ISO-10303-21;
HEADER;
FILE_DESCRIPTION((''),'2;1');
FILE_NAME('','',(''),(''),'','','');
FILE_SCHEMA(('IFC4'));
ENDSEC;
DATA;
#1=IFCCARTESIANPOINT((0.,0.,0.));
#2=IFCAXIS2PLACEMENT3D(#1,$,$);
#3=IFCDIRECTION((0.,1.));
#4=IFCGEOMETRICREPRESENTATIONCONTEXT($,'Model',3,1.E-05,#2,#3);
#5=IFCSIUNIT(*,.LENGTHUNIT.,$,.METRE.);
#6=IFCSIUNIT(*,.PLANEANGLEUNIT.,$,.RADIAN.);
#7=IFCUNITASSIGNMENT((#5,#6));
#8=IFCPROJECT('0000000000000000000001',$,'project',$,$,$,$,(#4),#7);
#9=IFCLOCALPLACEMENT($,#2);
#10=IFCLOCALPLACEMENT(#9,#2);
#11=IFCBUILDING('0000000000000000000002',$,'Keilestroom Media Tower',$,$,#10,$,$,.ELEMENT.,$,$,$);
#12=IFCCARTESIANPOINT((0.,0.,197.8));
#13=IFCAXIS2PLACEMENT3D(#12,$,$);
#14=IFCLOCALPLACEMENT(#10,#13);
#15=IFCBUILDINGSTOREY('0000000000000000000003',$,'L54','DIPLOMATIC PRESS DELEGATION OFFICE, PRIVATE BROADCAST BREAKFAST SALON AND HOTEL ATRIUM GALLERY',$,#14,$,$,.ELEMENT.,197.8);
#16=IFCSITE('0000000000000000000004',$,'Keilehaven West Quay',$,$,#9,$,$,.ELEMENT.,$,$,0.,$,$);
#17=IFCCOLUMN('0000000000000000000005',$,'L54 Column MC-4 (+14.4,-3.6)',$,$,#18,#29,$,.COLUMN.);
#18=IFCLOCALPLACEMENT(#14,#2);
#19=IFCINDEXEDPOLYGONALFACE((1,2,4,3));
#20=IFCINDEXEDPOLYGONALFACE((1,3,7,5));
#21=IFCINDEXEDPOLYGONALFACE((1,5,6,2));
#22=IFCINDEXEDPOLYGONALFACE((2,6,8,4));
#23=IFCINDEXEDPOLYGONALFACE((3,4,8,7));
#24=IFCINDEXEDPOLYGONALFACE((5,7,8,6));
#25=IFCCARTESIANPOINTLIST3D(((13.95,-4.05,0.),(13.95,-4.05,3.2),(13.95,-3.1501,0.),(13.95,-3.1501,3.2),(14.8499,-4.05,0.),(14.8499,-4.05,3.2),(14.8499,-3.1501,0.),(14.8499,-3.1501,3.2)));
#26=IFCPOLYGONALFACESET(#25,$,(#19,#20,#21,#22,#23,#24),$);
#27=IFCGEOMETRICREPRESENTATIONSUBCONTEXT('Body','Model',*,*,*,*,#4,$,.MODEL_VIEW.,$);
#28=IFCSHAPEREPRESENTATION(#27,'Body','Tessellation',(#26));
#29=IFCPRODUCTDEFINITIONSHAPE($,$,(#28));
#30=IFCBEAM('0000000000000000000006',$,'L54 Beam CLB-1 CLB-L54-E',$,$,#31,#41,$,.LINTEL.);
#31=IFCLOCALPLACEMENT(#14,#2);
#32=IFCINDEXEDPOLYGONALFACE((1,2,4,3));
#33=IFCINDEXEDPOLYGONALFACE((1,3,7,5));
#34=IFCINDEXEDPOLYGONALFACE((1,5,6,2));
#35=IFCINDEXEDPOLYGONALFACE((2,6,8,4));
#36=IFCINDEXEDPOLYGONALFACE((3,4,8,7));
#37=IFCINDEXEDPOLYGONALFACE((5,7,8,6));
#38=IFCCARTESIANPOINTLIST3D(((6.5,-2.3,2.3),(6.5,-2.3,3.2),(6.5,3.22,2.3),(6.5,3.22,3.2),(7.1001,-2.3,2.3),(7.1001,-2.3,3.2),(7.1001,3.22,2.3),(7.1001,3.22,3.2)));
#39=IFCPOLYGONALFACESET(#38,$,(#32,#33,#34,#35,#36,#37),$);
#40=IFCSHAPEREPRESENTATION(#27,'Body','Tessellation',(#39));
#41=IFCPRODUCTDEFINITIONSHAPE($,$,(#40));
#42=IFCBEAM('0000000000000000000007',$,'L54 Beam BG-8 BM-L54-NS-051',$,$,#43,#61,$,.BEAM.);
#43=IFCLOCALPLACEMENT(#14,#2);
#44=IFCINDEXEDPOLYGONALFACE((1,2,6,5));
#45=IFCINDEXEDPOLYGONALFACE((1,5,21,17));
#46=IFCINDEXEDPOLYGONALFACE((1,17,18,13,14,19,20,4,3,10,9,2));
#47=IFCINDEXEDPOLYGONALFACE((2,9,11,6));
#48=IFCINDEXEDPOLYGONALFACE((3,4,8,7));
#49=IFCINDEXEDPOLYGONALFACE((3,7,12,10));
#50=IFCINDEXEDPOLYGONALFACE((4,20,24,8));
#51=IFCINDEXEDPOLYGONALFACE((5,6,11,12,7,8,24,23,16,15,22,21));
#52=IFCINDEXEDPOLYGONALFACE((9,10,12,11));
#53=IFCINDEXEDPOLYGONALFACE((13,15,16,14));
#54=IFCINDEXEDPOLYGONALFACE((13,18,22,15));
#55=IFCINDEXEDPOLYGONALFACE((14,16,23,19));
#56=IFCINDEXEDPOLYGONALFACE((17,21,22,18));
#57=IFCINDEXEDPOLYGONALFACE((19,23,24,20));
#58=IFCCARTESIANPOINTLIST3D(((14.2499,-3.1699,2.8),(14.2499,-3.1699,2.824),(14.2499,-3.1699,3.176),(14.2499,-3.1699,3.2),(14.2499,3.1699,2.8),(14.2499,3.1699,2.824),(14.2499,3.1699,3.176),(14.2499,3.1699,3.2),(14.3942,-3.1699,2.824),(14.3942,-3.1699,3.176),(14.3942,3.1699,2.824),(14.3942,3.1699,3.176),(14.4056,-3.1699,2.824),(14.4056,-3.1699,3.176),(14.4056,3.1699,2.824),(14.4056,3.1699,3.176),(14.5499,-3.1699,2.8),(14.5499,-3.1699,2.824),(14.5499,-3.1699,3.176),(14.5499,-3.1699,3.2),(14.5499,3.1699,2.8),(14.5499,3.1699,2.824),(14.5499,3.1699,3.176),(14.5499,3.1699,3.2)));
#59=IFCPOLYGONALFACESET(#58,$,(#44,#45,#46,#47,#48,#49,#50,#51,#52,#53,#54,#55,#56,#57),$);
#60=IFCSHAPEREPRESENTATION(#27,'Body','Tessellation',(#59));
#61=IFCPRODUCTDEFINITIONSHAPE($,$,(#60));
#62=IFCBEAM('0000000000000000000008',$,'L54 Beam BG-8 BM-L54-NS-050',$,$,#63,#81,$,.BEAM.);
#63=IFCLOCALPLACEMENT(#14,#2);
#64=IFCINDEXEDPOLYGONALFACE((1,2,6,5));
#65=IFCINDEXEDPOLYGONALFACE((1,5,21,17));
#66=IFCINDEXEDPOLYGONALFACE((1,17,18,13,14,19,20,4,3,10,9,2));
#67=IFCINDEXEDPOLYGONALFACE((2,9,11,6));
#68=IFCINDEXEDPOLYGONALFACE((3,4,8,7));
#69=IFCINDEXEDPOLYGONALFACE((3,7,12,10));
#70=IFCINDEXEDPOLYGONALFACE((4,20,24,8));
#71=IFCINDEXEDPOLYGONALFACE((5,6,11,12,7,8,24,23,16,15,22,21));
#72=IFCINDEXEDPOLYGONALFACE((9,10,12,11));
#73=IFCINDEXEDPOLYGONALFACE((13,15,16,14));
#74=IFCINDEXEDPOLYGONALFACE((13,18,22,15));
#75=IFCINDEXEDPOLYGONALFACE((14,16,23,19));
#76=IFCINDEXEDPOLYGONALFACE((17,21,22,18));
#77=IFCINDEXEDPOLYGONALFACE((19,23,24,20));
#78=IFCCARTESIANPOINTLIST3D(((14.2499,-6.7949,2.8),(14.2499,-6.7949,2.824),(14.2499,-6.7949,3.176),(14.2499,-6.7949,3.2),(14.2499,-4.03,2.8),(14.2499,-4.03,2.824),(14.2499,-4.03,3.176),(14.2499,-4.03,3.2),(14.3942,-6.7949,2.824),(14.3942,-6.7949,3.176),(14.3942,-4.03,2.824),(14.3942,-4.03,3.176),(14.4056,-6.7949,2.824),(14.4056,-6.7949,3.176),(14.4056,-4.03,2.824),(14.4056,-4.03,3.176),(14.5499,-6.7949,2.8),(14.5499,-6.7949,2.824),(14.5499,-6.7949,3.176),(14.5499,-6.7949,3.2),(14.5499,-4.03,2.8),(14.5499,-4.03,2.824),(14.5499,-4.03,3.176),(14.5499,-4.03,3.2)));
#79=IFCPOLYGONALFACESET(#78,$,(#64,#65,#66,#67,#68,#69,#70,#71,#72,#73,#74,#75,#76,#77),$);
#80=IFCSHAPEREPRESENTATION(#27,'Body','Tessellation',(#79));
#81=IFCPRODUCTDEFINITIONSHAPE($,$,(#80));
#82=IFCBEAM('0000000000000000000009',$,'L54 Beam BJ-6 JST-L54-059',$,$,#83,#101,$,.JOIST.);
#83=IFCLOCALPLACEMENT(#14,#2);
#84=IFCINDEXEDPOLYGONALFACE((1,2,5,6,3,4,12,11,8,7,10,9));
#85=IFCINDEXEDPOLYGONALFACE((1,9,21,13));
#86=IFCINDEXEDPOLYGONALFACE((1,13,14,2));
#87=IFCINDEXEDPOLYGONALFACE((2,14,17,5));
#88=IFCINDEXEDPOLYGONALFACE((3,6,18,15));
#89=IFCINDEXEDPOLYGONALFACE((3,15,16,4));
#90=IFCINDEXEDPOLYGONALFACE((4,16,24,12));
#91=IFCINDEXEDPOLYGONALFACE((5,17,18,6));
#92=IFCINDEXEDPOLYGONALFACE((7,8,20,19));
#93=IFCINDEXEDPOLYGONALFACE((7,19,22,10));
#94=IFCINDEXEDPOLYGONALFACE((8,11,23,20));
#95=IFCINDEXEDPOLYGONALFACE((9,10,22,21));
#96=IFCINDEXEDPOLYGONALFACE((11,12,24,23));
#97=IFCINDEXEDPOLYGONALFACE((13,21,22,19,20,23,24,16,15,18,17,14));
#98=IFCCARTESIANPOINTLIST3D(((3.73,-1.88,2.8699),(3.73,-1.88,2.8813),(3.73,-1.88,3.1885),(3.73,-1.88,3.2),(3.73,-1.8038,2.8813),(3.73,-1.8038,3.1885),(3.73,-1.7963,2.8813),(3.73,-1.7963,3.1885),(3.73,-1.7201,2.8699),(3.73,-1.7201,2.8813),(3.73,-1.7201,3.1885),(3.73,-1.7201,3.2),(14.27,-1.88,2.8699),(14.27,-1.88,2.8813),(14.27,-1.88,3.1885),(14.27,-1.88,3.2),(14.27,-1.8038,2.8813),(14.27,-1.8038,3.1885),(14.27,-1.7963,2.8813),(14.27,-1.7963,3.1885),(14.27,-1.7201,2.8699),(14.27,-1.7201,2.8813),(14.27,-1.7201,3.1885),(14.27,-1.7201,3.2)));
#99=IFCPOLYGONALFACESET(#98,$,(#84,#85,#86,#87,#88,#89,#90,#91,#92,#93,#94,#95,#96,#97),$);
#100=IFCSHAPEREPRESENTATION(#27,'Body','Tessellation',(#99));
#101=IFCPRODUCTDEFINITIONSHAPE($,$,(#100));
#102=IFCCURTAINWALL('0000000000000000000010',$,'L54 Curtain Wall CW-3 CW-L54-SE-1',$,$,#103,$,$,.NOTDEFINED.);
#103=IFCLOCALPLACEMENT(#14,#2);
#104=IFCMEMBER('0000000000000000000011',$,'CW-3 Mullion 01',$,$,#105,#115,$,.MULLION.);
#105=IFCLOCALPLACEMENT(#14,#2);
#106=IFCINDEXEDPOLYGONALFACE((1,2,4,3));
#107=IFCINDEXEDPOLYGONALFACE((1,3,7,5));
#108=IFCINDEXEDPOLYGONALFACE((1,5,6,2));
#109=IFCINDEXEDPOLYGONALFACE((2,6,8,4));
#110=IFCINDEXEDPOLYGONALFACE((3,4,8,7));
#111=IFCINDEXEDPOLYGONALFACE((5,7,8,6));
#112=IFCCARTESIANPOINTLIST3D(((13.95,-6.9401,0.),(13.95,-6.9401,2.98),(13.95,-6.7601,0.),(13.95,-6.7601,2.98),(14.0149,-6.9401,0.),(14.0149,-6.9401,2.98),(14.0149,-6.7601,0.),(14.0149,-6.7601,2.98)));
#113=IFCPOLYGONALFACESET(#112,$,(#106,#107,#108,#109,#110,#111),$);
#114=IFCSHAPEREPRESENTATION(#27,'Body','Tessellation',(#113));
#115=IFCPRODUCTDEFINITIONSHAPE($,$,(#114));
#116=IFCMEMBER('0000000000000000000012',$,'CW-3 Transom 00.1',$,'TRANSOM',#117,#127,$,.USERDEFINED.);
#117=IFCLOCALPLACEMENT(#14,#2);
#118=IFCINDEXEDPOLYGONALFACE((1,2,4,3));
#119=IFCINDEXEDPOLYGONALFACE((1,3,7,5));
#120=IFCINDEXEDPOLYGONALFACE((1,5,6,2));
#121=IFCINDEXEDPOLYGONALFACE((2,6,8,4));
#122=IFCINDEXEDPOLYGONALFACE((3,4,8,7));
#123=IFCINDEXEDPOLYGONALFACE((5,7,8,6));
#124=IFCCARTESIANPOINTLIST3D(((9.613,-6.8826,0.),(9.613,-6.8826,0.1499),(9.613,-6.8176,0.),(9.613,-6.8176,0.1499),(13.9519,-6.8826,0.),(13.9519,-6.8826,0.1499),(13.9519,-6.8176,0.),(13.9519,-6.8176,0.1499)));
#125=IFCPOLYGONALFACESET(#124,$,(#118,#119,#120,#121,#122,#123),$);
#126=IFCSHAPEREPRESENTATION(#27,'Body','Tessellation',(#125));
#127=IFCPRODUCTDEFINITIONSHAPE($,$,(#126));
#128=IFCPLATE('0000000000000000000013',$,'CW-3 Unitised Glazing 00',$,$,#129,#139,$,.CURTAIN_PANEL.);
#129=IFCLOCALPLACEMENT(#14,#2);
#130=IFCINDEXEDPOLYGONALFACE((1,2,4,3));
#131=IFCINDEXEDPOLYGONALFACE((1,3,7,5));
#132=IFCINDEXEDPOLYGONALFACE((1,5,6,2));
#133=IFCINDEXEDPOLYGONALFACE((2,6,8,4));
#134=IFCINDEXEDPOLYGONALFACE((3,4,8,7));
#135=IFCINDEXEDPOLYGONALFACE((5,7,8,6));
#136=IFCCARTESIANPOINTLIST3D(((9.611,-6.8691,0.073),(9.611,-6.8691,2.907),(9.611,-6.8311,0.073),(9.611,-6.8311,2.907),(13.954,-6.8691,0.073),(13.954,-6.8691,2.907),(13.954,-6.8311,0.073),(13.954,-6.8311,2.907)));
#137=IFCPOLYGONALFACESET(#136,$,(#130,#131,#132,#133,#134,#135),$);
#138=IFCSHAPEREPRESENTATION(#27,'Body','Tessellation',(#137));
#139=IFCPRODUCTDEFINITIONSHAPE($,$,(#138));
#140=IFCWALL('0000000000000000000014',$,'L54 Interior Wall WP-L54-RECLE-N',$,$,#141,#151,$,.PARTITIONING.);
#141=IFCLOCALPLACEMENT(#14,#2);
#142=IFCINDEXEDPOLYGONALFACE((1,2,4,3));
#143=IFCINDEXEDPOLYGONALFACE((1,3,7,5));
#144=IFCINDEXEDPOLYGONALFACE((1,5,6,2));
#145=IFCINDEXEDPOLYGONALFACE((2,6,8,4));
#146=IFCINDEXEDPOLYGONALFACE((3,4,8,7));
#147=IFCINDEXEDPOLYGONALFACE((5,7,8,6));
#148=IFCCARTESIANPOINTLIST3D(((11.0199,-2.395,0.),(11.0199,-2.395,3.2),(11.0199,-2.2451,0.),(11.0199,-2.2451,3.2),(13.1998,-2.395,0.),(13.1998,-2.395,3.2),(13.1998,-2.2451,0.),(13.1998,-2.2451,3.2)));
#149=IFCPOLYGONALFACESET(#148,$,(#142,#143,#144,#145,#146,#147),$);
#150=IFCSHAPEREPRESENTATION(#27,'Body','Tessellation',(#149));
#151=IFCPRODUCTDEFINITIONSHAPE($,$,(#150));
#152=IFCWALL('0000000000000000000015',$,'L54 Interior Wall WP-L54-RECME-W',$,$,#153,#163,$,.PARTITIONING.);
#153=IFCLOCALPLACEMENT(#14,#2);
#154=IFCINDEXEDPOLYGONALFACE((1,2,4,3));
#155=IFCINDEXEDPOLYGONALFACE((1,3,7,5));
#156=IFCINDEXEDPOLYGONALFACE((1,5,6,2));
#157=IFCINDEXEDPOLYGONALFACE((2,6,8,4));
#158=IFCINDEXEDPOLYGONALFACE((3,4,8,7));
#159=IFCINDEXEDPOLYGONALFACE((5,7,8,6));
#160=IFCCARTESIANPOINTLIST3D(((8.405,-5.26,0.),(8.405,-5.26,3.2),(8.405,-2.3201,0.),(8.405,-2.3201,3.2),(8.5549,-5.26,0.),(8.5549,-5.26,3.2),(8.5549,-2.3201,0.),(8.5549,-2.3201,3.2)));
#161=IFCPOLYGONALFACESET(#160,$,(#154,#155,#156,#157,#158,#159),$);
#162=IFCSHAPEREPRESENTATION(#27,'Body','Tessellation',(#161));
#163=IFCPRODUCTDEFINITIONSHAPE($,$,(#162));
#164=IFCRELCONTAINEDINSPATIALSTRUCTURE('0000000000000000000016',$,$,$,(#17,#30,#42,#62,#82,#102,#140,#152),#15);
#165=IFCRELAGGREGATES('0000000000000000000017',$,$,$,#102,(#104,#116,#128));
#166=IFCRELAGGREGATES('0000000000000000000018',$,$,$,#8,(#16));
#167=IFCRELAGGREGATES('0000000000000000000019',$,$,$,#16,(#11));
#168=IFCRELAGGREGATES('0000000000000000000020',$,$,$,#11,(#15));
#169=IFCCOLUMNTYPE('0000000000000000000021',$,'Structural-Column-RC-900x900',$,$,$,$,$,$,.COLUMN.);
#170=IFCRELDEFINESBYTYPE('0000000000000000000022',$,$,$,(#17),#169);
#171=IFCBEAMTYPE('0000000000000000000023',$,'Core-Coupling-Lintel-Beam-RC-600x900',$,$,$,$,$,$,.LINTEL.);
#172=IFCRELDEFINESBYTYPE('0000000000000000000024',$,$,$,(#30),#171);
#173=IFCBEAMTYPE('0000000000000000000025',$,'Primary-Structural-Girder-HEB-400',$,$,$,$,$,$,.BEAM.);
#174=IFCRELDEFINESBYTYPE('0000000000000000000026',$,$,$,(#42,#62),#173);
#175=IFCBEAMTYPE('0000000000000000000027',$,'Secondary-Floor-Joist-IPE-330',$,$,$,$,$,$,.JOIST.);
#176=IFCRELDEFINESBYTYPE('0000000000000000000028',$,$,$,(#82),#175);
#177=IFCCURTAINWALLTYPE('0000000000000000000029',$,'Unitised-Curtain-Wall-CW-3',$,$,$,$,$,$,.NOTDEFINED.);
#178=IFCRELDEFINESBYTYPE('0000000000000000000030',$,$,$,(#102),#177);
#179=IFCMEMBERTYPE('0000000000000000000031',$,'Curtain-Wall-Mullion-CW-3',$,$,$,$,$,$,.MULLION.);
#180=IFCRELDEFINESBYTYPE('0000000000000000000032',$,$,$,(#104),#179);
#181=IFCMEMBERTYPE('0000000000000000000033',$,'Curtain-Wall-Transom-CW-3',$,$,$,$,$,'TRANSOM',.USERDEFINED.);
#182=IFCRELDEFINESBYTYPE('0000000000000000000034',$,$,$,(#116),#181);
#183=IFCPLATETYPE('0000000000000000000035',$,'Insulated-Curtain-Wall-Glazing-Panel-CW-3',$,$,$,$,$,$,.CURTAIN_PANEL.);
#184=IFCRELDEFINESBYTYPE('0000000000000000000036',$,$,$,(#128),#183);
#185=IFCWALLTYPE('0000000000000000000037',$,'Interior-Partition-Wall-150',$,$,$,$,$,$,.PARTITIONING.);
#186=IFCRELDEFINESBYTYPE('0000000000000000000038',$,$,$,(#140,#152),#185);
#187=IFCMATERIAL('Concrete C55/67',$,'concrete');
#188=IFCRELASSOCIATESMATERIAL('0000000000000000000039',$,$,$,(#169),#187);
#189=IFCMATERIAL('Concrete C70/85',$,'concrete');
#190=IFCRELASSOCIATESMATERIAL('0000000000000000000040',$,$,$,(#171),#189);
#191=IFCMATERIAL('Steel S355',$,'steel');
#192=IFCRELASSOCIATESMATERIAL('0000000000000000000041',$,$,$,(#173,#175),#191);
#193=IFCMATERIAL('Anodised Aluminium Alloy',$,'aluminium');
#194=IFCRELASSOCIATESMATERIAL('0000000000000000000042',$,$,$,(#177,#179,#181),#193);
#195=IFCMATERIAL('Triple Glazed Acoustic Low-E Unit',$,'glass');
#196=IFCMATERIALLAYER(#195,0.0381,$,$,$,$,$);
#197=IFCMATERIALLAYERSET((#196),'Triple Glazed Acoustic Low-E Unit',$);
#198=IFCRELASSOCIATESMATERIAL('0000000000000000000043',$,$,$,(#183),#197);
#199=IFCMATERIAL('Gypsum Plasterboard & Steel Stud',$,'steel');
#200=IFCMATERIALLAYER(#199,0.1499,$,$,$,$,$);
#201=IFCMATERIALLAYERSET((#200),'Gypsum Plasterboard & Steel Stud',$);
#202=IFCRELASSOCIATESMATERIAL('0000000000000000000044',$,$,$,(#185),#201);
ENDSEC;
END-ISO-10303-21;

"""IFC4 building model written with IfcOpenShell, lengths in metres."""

from ifc_helpers import new_model, si_unit, direction, frame, frame_2d, origin, origin_2d, place, context, subcontext, project, spatial, rectangle, i_section, extrude, source, transform, mapped, material, layer, layer_set, material_profile, profile_set, type_object, element, aggregate, save


model = new_model("IFC4")

# Units and contexts
model_context = context("Model", 3, precision=1e-05, world=origin(), true_north=direction((0.0, 1.0)))
body_context = subcontext(model_context, "Body", "Model", "MODEL_VIEW")
ifc_project = project(units=[si_unit("LENGTHUNIT", "METRE"), si_unit("PLANEANGLEUNIT", "RADIAN")], contexts=[model_context])

# Site, building, storey
site_placement = place(None, origin())
site = spatial("IfcSite", under=ifc_project, at=site_placement, Name="Keilehaven West Quay", CompositionType="ELEMENT", RefElevation=0.0)
building_placement = place(site_placement, origin())
building = spatial("IfcBuilding", under=site, at=building_placement, Name="Keilestroom Media Tower", CompositionType="ELEMENT")
storey_placement = place(building_placement, frame((0.0, 0.0, 197.8)))
storey = spatial("IfcBuildingStorey", under=building, at=storey_placement, Name="L54", Description="DIPLOMATIC PRESS DELEGATION OFFICE, PRIVATE BROADCAST BREAKFAST SALON AND HOTEL ATRIUM GALLERY", CompositionType="ELEMENT", Elevation=197.8)

# Column
ifc_material_1 = material(Name="Concrete C55/67", Category="concrete")
ifc_material_profile_1 = material_profile(ifc_material_1, rectangle(XDim=0.8999, YDim=0.8999, at=origin_2d()), Name="RC 900x900")
ifc_profile_set_1 = profile_set([ifc_material_profile_1], Name="Concrete C55/67")
column_type = type_object("IfcColumnType", Name="Structural-Column-RC-900x900", PredefinedType="COLUMN", material=ifc_profile_set_1)
shared_shape_1 = source(origin(), body_context, "Body", "SweptSolid", [
    extrude(rectangle(XDim=0.8999, YDim=0.8999, at=origin_2d()), origin(), (0.0, 0.0, 1.0), 3.2),
])
column_placement = place(storey_placement, frame((14.3999, -3.6001, 0.0), z_axis=(0.0, 0.0, 1.0), x_axis=(1.0, 0.0, 0.0)))
element("IfcColumn", 1, at=column_placement, inside=storey, type_object=column_type, Name="L54 Column MC-4 (+14.4,-3.6)", PredefinedType="COLUMN", context=body_context, shape_type="MappedRepresentation", body=[
    mapped(shared_shape_1, transform((0.0, 0.0, 0.0), x_axis=(1.0, 0.0, 0.0), y_axis=(0.0, 1.0, 0.0), z_axis=(0.0, 0.0, 1.0), scale=1.0)),
])

# Beams
ifc_material_2 = material(Name="Concrete C70/85", Category="concrete")
ifc_material_profile_2 = material_profile(ifc_material_2, rectangle(XDim=0.6001, YDim=0.8999, at=origin_2d()), Name="RC 600x900")
ifc_profile_set_2 = profile_set([ifc_material_profile_2], Name="Concrete C70/85")
beam_type_1 = type_object("IfcBeamType", Name="Core-Coupling-Lintel-Beam-RC-600x900", PredefinedType="LINTEL", material=ifc_profile_set_2)
shared_shape_2 = source(origin(), body_context, "Body", "SweptSolid", [
    extrude(rectangle(XDim=0.6001, YDim=0.8999, at=origin_2d()), origin(), (0.0, 0.0, 1.0), 5.52),
])
beam_1_placement = place(storey_placement, frame((6.8, -2.3, 2.75), z_axis=(0.0, 1.0, 0.0), x_axis=(-1.0, 0.0, 0.0)))
element("IfcBeam", 2, at=beam_1_placement, inside=storey, type_object=beam_type_1, Name="L54 Beam CLB-1 CLB-L54-E", PredefinedType="LINTEL", context=body_context, shape_type="MappedRepresentation", body=[
    mapped(shared_shape_2, transform((0.0, 0.0, 0.0), x_axis=(1.0, 0.0, 0.0), y_axis=(0.0, 1.0, 0.0), z_axis=(0.0, 0.0, 1.0), scale=1.0)),
])
ifc_material_3 = material(Name="Steel S355", Category="steel")
ifc_material_profile_3 = material_profile(ifc_material_3, i_section(OverallWidth=0.3, OverallDepth=0.3999, WebThickness=0.0115, FlangeThickness=0.0239, at=origin_2d()), Name="HEB 400")
ifc_profile_set_3 = profile_set([ifc_material_profile_3], Name="Steel S355")
beam_type_2 = type_object("IfcBeamType", Name="Primary-Structural-Girder-HEB-400", PredefinedType="BEAM", material=ifc_profile_set_3)
shared_shape_3 = source(origin(), body_context, "Body", "SweptSolid", [
    extrude(i_section(OverallWidth=0.3, OverallDepth=0.3999, WebThickness=0.0115, FlangeThickness=0.0239, at=origin_2d()), origin(), (0.0, 0.0, 1.0), 6.3398),
])
beam_2_placement = place(storey_placement, frame((14.3999, -3.1699, 3.0), z_axis=(0.0, 1.0, 0.0), x_axis=(-1.0, 0.0, 0.0)))
element("IfcBeam", 3, at=beam_2_placement, inside=storey, type_object=beam_type_2, Name="L54 Beam BG-8 BM-L54-NS-051", PredefinedType="BEAM", context=body_context, shape_type="MappedRepresentation", body=[
    mapped(shared_shape_3, transform((0.0, 0.0, 0.0), x_axis=(1.0, 0.0, 0.0), y_axis=(0.0, 1.0, 0.0), z_axis=(0.0, 0.0, 1.0), scale=1.0)),
])
shared_shape_4 = source(origin(), body_context, "Body", "SweptSolid", [
    extrude(i_section(OverallWidth=0.3, OverallDepth=0.3999, WebThickness=0.0115, FlangeThickness=0.0239, at=origin_2d()), origin(), (0.0, 0.0, 1.0), 2.7649),
])
beam_3_placement = place(storey_placement, frame((14.3999, -6.7949, 3.0), z_axis=(0.0, 1.0, 0.0), x_axis=(-1.0, 0.0, 0.0)))
element("IfcBeam", 4, at=beam_3_placement, inside=storey, type_object=beam_type_2, Name="L54 Beam BG-8 BM-L54-NS-050", PredefinedType="BEAM", context=body_context, shape_type="MappedRepresentation", body=[
    mapped(shared_shape_4, transform((0.0, 0.0, 0.0), x_axis=(1.0, 0.0, 0.0), y_axis=(0.0, 1.0, 0.0), z_axis=(0.0, 0.0, 1.0), scale=1.0)),
])
ifc_material_profile_4 = material_profile(ifc_material_3, i_section(OverallWidth=0.1599, OverallDepth=0.3301, WebThickness=0.0076, FlangeThickness=0.0115, at=origin_2d()), Name="IPE 330")
ifc_profile_set_4 = profile_set([ifc_material_profile_4], Name="Steel S355")
beam_type_3 = type_object("IfcBeamType", Name="Secondary-Floor-Joist-IPE-330", PredefinedType="JOIST", material=ifc_profile_set_4)
shared_shape_5 = source(origin(), body_context, "Body", "SweptSolid", [
    extrude(i_section(OverallWidth=0.1599, OverallDepth=0.3301, WebThickness=0.0076, FlangeThickness=0.0115, at=origin_2d()), origin(), (0.0, 0.0, 1.0), 10.54),
])
beam_4_placement = place(storey_placement, frame((3.73, -1.8, 3.0349), z_axis=(1.0, 0.0, 0.0), x_axis=(0.0, 1.0, 0.0)))
element("IfcBeam", 5, at=beam_4_placement, inside=storey, type_object=beam_type_3, Name="L54 Beam BJ-6 JST-L54-059", PredefinedType="JOIST", context=body_context, shape_type="MappedRepresentation", body=[
    mapped(shared_shape_5, transform((0.0, 0.0, 0.0), x_axis=(1.0, 0.0, 0.0), y_axis=(0.0, 1.0, 0.0), z_axis=(0.0, 0.0, 1.0), scale=1.0)),
])

# Curtain wall, members, plate
ifc_material_4 = material(Name="Anodised Aluminium Alloy", Category="aluminium")
curtain_wall_type = type_object("IfcCurtainWallType", Name="Unitised-Curtain-Wall-CW-3", PredefinedType="NOTDEFINED", material=ifc_material_4)
curtain_wall_placement = place(storey_placement, origin())
curtain_wall = element("IfcCurtainWall", 6, at=curtain_wall_placement, inside=storey, type_object=curtain_wall_type, Name="L54 Curtain Wall CW-3 CW-L54-SE-1", PredefinedType="NOTDEFINED")
ifc_material_profile_5 = material_profile(ifc_material_4, rectangle(XDim=0.0649, YDim=0.1799, at=origin_2d()), Name="ALU MULLION 65x180")
ifc_profile_set_5 = profile_set([ifc_material_profile_5], Name="Anodised Aluminium Alloy")
member_type_1 = type_object("IfcMemberType", Name="Curtain-Wall-Mullion-CW-3", PredefinedType="MULLION", material=ifc_profile_set_5)
shared_shape_6 = source(origin(), body_context, "Body", "SweptSolid", [
    extrude(rectangle(XDim=0.0649, YDim=0.1799, at=origin_2d()), origin(), (0.0, 0.0, 1.0), 2.98),
])
member_1_placement = place(storey_placement, frame((13.9824, -6.8501, 0.0), z_axis=(0.0, 0.0, 1.0), x_axis=(1.0, 0.0, 0.0)))
member_1 = element("IfcMember", 7, at=member_1_placement, type_object=member_type_1, Name="CW-3 Mullion 01", PredefinedType="MULLION", context=body_context, shape_type="MappedRepresentation", body=[
    mapped(shared_shape_6, transform((0.0, 0.0, 0.0), x_axis=(1.0, 0.0, 0.0), y_axis=(0.0, 1.0, 0.0), z_axis=(0.0, 0.0, 1.0), scale=1.0)),
])
ifc_material_profile_6 = material_profile(ifc_material_4, rectangle(XDim=0.0649, YDim=0.1499, at=origin_2d()), Name="ALU TRANSOM 65x150")
ifc_profile_set_6 = profile_set([ifc_material_profile_6], Name="Anodised Aluminium Alloy")
member_type_2 = type_object("IfcMemberType", Name="Curtain-Wall-Transom-CW-3", ElementType="TRANSOM", PredefinedType="USERDEFINED", material=ifc_profile_set_6)
shared_shape_7 = source(origin(), body_context, "Body", "SweptSolid", [
    extrude(rectangle(XDim=0.0649, YDim=0.1499, at=origin_2d()), origin(), (0.0, 0.0, 1.0), 4.3389),
])
member_2_placement = place(storey_placement, frame((9.613, -6.8501, 0.075), z_axis=(1.0, 0.0, 0.0), x_axis=(0.0, 1.0, 0.0)))
member_2 = element("IfcMember", 8, at=member_2_placement, type_object=member_type_2, Name="CW-3 Transom 00.1", ObjectType="TRANSOM", PredefinedType="USERDEFINED", context=body_context, shape_type="MappedRepresentation", body=[
    mapped(shared_shape_7, transform((0.0, 0.0, 0.0), x_axis=(1.0, 0.0, 0.0), y_axis=(0.0, 1.0, 0.0), z_axis=(0.0, 0.0, 1.0), scale=1.0)),
])
ifc_material_5 = material(Name="Triple Glazed Acoustic Low-E Unit", Category="glass")
ifc_layer_1 = layer(ifc_material_5, 0.0381)
ifc_layer_set_1 = layer_set([ifc_layer_1], Name="Triple Glazed Acoustic Low-E Unit")
plate_type = type_object("IfcPlateType", Name="Insulated-Curtain-Wall-Glazing-Panel-CW-3", PredefinedType="CURTAIN_PANEL", material=ifc_layer_set_1)
shared_shape_8 = source(origin(), body_context, "Body", "SweptSolid", [
    extrude(rectangle(XDim=4.343, YDim=0.0381, at=origin_2d()), origin(), (0.0, 0.0, 1.0), 2.834),
])
plate_placement = place(storey_placement, frame((11.7825, -6.8501, 0.073), z_axis=(0.0, 0.0, 1.0), x_axis=(1.0, 0.0, 0.0)))
plate = element("IfcPlate", 9, at=plate_placement, type_object=plate_type, Name="CW-3 Unitised Glazing 00", PredefinedType="CURTAIN_PANEL", context=body_context, shape_type="MappedRepresentation", body=[
    mapped(shared_shape_8, transform((0.0, 0.0, 0.0), x_axis=(1.0, 0.0, 0.0), y_axis=(0.0, 1.0, 0.0), z_axis=(0.0, 0.0, 1.0), scale=1.0)),
])
aggregate(curtain_wall, [member_1, member_2, plate])

# Walls
ifc_material_6 = material(Name="Gypsum Plasterboard & Steel Stud", Category="steel")
ifc_layer_2 = layer(ifc_material_6, 0.1499)
ifc_layer_set_2 = layer_set([ifc_layer_2], Name="Gypsum Plasterboard & Steel Stud")
wall_type_1 = type_object("IfcWallType", Name="Interior-Partition-Wall-150", PredefinedType="PARTITIONING", material=ifc_layer_set_2)
wall_1_placement = place(storey_placement, frame((11.02, -2.3201, 0.0), z_axis=(0.0, 0.0, 1.0), x_axis=(1.0, 0.0, 0.0)))
element("IfcWall", 10, at=wall_1_placement, inside=storey, type_object=wall_type_1, Name="L54 Interior Wall WP-L54-RECLE-N", PredefinedType="PARTITIONING", context=body_context, shape_type="SweptSolid", body=[
    extrude(rectangle(XDim=2.1799, YDim=0.1499, at=frame_2d((1.0898, 0.0))), origin(), (0.0, 0.0, 1.0), 3.2),
])
wall_2_placement = place(storey_placement, frame((8.48, -5.26, 0.0), z_axis=(0.0, 0.0, 1.0), x_axis=(0.0, 1.0, 0.0)))
element("IfcWall", 11, at=wall_2_placement, inside=storey, type_object=wall_type_1, Name="L54 Interior Wall WP-L54-RECME-W", PredefinedType="PARTITIONING", context=body_context, shape_type="SweptSolid", body=[
    extrude(rectangle(XDim=2.9399, YDim=0.1499, at=frame_2d((1.47, 0.0))), origin(), (0.0, 0.0, 1.0), 3.2),
])

save(model, "model.ifc")
